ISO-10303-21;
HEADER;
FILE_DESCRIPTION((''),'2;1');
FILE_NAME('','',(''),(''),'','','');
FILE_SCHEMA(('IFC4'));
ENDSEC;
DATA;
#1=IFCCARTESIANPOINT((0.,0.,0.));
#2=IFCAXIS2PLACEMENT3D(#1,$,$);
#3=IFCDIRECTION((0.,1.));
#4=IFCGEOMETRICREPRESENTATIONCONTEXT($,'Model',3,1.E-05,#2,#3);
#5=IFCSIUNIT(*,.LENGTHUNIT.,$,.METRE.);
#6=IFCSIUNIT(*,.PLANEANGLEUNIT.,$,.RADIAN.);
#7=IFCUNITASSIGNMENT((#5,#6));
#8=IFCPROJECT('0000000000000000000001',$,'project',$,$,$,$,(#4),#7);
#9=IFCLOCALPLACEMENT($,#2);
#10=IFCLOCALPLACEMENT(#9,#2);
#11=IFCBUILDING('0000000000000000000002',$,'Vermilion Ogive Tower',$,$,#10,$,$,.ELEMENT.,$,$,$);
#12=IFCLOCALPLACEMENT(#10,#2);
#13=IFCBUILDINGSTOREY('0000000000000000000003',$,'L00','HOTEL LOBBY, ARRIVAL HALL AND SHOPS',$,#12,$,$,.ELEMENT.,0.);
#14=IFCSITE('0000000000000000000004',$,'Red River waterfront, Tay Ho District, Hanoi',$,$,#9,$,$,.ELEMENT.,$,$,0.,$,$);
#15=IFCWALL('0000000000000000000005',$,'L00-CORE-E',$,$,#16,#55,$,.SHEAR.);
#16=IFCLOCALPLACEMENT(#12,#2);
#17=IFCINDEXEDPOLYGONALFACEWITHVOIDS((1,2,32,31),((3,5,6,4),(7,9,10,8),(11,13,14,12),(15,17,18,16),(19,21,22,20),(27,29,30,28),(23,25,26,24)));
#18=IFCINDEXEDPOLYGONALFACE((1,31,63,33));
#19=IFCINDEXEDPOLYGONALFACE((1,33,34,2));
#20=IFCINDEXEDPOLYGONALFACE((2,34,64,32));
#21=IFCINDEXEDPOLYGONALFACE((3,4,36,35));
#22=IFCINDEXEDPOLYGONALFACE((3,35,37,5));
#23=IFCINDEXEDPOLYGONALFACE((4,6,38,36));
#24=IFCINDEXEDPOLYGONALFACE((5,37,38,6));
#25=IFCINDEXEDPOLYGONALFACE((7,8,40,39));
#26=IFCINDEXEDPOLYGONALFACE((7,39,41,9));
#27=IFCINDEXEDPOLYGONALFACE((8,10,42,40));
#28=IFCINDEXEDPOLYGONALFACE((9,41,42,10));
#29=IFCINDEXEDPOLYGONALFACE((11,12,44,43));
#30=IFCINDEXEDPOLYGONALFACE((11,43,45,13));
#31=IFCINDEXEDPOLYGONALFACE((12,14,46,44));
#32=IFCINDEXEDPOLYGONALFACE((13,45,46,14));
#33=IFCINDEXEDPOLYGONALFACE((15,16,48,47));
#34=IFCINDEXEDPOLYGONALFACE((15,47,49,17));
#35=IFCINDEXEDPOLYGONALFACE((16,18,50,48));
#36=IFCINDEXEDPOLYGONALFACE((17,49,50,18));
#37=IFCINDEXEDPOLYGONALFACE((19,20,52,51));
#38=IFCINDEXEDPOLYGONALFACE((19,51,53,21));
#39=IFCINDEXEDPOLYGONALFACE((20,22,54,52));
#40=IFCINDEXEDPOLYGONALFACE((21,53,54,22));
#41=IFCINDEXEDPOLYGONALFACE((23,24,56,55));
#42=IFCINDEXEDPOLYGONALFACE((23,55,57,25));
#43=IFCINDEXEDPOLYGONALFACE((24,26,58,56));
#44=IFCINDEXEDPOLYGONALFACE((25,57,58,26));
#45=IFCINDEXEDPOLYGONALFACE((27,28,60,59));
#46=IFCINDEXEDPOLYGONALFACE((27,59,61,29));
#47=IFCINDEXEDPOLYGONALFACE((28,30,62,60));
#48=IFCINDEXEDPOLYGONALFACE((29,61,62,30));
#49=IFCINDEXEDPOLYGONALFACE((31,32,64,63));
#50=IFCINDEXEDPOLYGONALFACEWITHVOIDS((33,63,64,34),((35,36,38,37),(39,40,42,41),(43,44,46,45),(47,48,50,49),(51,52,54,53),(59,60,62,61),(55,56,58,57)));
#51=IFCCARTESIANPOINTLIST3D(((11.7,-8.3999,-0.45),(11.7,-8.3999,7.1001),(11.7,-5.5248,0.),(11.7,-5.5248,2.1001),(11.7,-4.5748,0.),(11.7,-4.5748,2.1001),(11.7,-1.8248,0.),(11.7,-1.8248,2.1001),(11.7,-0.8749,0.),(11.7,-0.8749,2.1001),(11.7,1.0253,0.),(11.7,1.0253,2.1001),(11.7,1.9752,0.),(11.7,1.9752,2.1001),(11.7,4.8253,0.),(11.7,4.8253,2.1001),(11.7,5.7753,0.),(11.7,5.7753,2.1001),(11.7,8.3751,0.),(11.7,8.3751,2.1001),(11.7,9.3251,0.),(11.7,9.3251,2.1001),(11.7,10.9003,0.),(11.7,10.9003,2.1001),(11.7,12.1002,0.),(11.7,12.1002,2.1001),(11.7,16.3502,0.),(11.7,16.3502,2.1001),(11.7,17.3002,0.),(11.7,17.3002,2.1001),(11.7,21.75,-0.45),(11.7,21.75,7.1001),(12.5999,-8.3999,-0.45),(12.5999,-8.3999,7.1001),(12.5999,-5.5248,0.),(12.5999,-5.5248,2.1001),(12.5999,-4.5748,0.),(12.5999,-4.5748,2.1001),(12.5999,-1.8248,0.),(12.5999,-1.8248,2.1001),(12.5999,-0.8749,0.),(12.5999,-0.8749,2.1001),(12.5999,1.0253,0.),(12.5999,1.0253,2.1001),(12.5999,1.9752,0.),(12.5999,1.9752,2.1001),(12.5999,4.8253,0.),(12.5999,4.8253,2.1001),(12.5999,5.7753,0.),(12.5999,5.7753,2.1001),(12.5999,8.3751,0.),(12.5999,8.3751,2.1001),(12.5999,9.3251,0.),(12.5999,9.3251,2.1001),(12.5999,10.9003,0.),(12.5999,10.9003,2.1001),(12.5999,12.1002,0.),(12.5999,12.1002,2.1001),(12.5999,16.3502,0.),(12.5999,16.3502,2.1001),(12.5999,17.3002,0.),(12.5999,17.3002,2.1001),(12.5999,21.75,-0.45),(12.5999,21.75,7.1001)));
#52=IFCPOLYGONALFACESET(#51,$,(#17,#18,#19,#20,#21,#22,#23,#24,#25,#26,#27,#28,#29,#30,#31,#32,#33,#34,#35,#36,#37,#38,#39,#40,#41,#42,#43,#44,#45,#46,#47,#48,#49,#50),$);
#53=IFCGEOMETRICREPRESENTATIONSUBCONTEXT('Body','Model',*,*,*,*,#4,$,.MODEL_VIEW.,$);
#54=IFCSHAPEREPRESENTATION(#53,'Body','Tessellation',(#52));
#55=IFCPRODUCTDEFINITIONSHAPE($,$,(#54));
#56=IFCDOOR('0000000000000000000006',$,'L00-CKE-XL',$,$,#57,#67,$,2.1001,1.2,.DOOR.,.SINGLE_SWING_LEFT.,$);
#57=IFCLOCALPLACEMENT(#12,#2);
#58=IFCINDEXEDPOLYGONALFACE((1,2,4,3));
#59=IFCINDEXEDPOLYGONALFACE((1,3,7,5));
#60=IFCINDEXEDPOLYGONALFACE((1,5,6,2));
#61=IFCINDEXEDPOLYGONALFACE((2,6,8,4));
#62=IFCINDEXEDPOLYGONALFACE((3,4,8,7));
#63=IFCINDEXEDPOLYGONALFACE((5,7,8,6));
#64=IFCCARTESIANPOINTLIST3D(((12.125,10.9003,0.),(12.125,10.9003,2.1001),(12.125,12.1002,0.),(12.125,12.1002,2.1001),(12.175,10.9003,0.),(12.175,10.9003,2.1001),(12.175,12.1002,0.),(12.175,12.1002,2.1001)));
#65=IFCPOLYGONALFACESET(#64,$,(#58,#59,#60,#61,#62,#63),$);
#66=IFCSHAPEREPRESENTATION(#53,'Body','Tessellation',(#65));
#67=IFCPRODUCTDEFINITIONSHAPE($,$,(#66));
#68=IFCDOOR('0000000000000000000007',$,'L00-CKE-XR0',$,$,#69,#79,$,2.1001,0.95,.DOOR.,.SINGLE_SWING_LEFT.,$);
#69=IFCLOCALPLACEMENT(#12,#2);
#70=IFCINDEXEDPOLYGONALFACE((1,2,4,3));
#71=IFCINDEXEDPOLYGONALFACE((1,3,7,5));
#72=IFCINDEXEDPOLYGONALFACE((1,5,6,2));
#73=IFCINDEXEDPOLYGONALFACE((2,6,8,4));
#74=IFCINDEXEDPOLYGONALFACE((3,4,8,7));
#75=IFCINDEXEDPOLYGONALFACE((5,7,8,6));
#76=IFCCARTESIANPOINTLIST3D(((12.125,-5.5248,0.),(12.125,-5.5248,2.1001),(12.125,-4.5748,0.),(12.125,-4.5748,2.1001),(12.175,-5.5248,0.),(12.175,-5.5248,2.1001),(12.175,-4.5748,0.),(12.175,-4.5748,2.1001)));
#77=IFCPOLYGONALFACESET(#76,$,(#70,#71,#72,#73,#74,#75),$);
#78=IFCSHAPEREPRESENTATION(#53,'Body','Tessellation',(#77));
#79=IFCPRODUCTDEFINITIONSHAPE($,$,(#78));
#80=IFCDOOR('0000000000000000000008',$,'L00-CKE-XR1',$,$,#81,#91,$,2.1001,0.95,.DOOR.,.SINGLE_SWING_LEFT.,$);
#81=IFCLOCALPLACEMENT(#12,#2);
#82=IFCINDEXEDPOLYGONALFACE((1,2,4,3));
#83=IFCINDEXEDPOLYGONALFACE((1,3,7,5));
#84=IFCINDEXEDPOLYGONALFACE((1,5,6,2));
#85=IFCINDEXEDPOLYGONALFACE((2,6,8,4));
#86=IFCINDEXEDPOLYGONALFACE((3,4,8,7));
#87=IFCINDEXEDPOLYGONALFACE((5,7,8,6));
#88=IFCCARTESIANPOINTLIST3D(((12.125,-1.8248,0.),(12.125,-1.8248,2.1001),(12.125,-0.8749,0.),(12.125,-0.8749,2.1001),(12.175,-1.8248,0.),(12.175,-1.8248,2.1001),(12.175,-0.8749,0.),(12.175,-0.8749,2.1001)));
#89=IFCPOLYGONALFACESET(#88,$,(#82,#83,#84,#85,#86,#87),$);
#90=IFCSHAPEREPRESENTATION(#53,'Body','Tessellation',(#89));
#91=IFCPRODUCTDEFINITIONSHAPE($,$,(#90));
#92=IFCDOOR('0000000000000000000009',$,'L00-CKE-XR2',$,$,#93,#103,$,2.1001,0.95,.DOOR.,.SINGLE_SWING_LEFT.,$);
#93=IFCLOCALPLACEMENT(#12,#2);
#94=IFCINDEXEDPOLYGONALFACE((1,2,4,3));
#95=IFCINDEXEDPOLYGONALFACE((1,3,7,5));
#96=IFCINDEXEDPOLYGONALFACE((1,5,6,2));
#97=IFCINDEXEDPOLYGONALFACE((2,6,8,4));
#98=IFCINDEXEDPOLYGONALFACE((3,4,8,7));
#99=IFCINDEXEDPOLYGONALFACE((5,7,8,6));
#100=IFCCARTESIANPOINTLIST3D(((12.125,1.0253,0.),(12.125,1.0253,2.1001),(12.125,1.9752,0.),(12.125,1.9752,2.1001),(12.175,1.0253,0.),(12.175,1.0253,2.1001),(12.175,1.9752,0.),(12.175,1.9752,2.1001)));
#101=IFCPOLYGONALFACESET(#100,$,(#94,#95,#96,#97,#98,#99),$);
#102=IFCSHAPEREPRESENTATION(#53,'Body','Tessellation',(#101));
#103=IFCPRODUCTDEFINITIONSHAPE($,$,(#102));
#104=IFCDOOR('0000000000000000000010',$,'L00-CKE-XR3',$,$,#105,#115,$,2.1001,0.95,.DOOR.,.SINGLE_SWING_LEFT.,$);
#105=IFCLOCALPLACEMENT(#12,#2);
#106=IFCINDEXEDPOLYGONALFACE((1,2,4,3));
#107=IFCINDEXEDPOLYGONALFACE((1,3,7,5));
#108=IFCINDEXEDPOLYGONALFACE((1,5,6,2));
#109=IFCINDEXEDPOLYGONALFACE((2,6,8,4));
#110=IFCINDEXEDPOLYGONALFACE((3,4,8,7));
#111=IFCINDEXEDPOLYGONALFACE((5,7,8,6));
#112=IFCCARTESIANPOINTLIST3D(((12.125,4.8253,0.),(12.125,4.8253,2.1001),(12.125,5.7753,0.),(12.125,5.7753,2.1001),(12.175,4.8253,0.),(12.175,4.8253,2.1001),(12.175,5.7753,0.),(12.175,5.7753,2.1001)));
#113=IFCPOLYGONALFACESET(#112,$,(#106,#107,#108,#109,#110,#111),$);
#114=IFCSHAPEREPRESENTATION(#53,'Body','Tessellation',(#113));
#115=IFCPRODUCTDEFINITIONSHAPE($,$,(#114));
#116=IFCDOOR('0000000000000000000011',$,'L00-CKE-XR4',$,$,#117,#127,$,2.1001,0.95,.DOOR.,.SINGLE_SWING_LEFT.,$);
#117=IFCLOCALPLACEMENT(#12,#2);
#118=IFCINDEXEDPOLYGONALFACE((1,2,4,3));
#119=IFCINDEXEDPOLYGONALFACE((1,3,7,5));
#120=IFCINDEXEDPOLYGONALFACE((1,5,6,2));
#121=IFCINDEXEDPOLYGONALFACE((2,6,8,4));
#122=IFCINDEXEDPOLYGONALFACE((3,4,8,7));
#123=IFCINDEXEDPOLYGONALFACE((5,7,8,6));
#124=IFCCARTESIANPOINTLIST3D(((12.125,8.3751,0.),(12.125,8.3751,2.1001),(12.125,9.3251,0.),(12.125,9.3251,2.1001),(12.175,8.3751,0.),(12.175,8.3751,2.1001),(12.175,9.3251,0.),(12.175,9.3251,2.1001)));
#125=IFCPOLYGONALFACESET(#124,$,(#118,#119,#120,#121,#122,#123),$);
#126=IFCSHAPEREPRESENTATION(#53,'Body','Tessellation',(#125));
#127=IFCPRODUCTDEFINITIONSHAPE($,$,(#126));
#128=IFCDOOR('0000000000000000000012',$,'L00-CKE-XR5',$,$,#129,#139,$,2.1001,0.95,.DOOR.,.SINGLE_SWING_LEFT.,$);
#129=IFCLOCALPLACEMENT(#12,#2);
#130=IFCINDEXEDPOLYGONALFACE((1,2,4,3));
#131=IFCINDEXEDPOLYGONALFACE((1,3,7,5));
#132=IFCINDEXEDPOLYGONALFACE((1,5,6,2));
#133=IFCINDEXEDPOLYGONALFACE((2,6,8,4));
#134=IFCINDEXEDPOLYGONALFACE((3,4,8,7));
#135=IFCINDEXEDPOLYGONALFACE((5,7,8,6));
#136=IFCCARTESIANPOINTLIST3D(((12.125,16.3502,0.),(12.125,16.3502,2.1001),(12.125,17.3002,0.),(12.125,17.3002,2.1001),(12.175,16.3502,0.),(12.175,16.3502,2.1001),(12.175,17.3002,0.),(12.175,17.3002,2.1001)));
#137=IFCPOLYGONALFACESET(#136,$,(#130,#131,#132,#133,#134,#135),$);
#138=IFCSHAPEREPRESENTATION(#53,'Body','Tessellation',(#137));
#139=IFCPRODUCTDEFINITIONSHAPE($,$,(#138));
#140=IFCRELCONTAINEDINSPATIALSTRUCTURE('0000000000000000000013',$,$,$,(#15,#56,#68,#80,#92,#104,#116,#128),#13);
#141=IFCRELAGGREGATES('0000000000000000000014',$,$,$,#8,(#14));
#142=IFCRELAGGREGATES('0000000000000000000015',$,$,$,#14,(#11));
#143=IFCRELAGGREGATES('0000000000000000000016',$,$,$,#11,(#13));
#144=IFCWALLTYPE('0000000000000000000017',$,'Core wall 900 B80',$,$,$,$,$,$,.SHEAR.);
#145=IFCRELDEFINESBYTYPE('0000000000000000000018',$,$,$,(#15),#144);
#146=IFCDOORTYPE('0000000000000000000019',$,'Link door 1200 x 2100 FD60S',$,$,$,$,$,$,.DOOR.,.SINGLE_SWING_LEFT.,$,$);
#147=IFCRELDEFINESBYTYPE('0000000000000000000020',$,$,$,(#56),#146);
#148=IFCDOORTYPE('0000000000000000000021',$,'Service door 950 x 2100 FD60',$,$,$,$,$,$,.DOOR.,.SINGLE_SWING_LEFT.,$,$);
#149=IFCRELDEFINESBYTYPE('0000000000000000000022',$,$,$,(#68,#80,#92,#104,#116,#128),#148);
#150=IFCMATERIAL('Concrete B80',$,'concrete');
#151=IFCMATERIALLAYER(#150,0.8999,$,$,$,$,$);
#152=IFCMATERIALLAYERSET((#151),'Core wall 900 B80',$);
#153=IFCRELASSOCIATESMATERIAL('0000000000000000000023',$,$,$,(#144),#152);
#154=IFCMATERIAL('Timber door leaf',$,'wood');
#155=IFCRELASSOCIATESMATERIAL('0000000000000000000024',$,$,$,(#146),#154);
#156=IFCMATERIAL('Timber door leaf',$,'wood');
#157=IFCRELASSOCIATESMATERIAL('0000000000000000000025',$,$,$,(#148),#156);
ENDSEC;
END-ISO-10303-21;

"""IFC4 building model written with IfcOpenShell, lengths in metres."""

from ifc_helpers import new_model, si_unit, direction, frame, frame_2d, origin, place, context, subcontext, project, spatial, rectangle, extrude, material, layer, layer_set, type_object, element, fill, save


model = new_model("IFC4")

# Units and contexts
model_context = context("Model", 3, precision=1e-05, world=origin(), true_north=direction((0.0, 1.0)))
body_context = subcontext(model_context, "Body", "Model", "MODEL_VIEW")
ifc_project = project(units=[si_unit("LENGTHUNIT", "METRE"), si_unit("PLANEANGLEUNIT", "RADIAN")], contexts=[model_context])

# Site, building, storey
site_placement = place(None, origin())
site = spatial("IfcSite", under=ifc_project, at=site_placement, Name="Red River waterfront, Tay Ho District, Hanoi", CompositionType="ELEMENT", RefElevation=0.0)
building_placement = place(site_placement, origin())
building = spatial("IfcBuilding", under=site, at=building_placement, Name="Vermilion Ogive Tower", CompositionType="ELEMENT")
storey_placement = place(building_placement, origin())
storey = spatial("IfcBuildingStorey", under=building, at=storey_placement, Name="L00", Description="HOTEL LOBBY, ARRIVAL HALL AND SHOPS", CompositionType="ELEMENT", Elevation=0.0)

# Wall, openings, doors
ifc_material_1 = material(Name="Concrete B80", Category="concrete")
ifc_layer_1 = layer(ifc_material_1, 0.8999)
ifc_layer_set_1 = layer_set([ifc_layer_1], Name="Core wall 900 B80")
wall_type_1 = type_object("IfcWallType", Name="Core wall 900 B80", PredefinedType="SHEAR", material=ifc_layer_set_1)
wall_1_placement = place(storey_placement, frame((12.1499, -8.3999, -0.45), z_axis=(0.0, 0.0, 1.0), x_axis=(0.0, 1.0, 0.0)))
wall_1 = element("IfcWall", 1, at=wall_1_placement, inside=storey, type_object=wall_type_1, Name="L00-CORE-E", PredefinedType="SHEAR", context=body_context, shape_type="SweptSolid", body=[
    extrude(rectangle(XDim=30.1499, YDim=0.8999, at=frame_2d((15.075, 0.0))), origin(), (0.0, 0.0, 1.0), 7.55),
])
opening_1_placement = place(wall_1_placement, frame((2.875, 0.0, 0.45)))
opening_1 = element("IfcOpeningElement", 2, at=opening_1_placement, cuts=wall_1, PredefinedType="OPENING", context=body_context, shape_type="SweptSolid", body=[
    extrude(rectangle(XDim=0.95, YDim=2.1001, at=frame_2d((0.4751, 1.05))), frame((0.0, 0.46, 0.0), z_axis=(0.0, -1.0, 0.0), x_axis=(1.0, 0.0, 0.0)), (0.0, 0.0, 1.0), 0.9199),
])
opening_2_placement = place(wall_1_placement, frame((6.575, 0.0, 0.45)))
opening_2 = element("IfcOpeningElement", 3, at=opening_2_placement, cuts=wall_1, PredefinedType="OPENING", context=body_context, shape_type="SweptSolid", body=[
    extrude(rectangle(XDim=0.95, YDim=2.1001, at=frame_2d((0.4751, 1.05))), frame((0.0, 0.46, 0.0), z_axis=(0.0, -1.0, 0.0), x_axis=(1.0, 0.0, 0.0)), (0.0, 0.0, 1.0), 0.9199),
])
opening_3_placement = place(wall_1_placement, frame((9.425, 0.0, 0.45)))
opening_3 = element("IfcOpeningElement", 4, at=opening_3_placement, cuts=wall_1, PredefinedType="OPENING", context=body_context, shape_type="SweptSolid", body=[
    extrude(rectangle(XDim=0.95, YDim=2.1001, at=frame_2d((0.4751, 1.05))), frame((0.0, 0.46, 0.0), z_axis=(0.0, -1.0, 0.0), x_axis=(1.0, 0.0, 0.0)), (0.0, 0.0, 1.0), 0.9199),
])
opening_4_placement = place(wall_1_placement, frame((13.2251, 0.0, 0.45)))
opening_4 = element("IfcOpeningElement", 5, at=opening_4_placement, cuts=wall_1, PredefinedType="OPENING", context=body_context, shape_type="SweptSolid", body=[
    extrude(rectangle(XDim=0.95, YDim=2.1001, at=frame_2d((0.4751, 1.05))), frame((0.0, 0.46, 0.0), z_axis=(0.0, -1.0, 0.0), x_axis=(1.0, 0.0, 0.0)), (0.0, 0.0, 1.0), 0.9199),
])
opening_5_placement = place(wall_1_placement, frame((16.7749, 0.0, 0.45)))
opening_5 = element("IfcOpeningElement", 6, at=opening_5_placement, cuts=wall_1, PredefinedType="OPENING", context=body_context, shape_type="SweptSolid", body=[
    extrude(rectangle(XDim=0.95, YDim=2.1001, at=frame_2d((0.4751, 1.05))), frame((0.0, 0.46, 0.0), z_axis=(0.0, -1.0, 0.0), x_axis=(1.0, 0.0, 0.0)), (0.0, 0.0, 1.0), 0.9199),
])
opening_6_placement = place(wall_1_placement, frame((24.75, 0.0, 0.45)))
opening_6 = element("IfcOpeningElement", 7, at=opening_6_placement, cuts=wall_1, PredefinedType="OPENING", context=body_context, shape_type="SweptSolid", body=[
    extrude(rectangle(XDim=0.95, YDim=2.1001, at=frame_2d((0.4751, 1.05))), frame((0.0, 0.46, 0.0), z_axis=(0.0, -1.0, 0.0), x_axis=(1.0, 0.0, 0.0)), (0.0, 0.0, 1.0), 0.9199),
])
opening_7_placement = place(wall_1_placement, frame((19.3, 0.0, 0.45)))
opening_7 = element("IfcOpeningElement", 8, at=opening_7_placement, cuts=wall_1, PredefinedType="OPENING", context=body_context, shape_type="SweptSolid", body=[
    extrude(rectangle(XDim=1.2, YDim=2.1001, at=frame_2d((0.6001, 1.05))), frame((0.0, 0.46, 0.0), z_axis=(0.0, -1.0, 0.0), x_axis=(1.0, 0.0, 0.0)), (0.0, 0.0, 1.0), 0.9199),
])
ifc_material_2 = material(Name="Timber door leaf", Category="wood")
door_type_1 = type_object("IfcDoorType", Name="Link door 1200 x 2100 FD60S", OperationType="SINGLE_SWING_LEFT", PredefinedType="DOOR", material=ifc_material_2)
door_1_placement = place(opening_7_placement, origin())
door_1 = element("IfcDoor", 9, at=door_1_placement, inside=storey, type_object=door_type_1, Name="L00-CKE-XL", OperationType="SINGLE_SWING_LEFT", OverallHeight=2.1001, OverallWidth=1.2, PredefinedType="DOOR", context=body_context, shape_type="SweptSolid", body=[
    extrude(rectangle(XDim=1.2, YDim=2.1001, at=frame_2d((0.6001, 1.05))), frame((0.0, 0.0249, 0.0), z_axis=(0.0, -1.0, 0.0), x_axis=(1.0, 0.0, 0.0)), (0.0, 0.0, 1.0), 0.05),
])
fill(opening_7, door_1)
ifc_material_3 = material(Name="Timber door leaf", Category="wood")
door_type_2 = type_object("IfcDoorType", Name="Service door 950 x 2100 FD60", OperationType="SINGLE_SWING_LEFT", PredefinedType="DOOR", material=ifc_material_3)
door_2_placement = place(opening_1_placement, origin())
door_2 = element("IfcDoor", 10, at=door_2_placement, inside=storey, type_object=door_type_2, Name="L00-CKE-XR0", OperationType="SINGLE_SWING_LEFT", OverallHeight=2.1001, OverallWidth=0.95, PredefinedType="DOOR", context=body_context, shape_type="SweptSolid", body=[
    extrude(rectangle(XDim=0.95, YDim=2.1001, at=frame_2d((0.4751, 1.05))), frame((0.0, 0.0249, 0.0), z_axis=(0.0, -1.0, 0.0), x_axis=(1.0, 0.0, 0.0)), (0.0, 0.0, 1.0), 0.05),
])
fill(opening_1, door_2)
door_3_placement = place(opening_2_placement, origin())
door_3 = element("IfcDoor", 11, at=door_3_placement, inside=storey, type_object=door_type_2, Name="L00-CKE-XR1", OperationType="SINGLE_SWING_LEFT", OverallHeight=2.1001, OverallWidth=0.95, PredefinedType="DOOR", context=body_context, shape_type="SweptSolid", body=[
    extrude(rectangle(XDim=0.95, YDim=2.1001, at=frame_2d((0.4751, 1.05))), frame((0.0, 0.0249, 0.0), z_axis=(0.0, -1.0, 0.0), x_axis=(1.0, 0.0, 0.0)), (0.0, 0.0, 1.0), 0.05),
])
fill(opening_2, door_3)
door_4_placement = place(opening_3_placement, origin())
door_4 = element("IfcDoor", 12, at=door_4_placement, inside=storey, type_object=door_type_2, Name="L00-CKE-XR2", OperationType="SINGLE_SWING_LEFT", OverallHeight=2.1001, OverallWidth=0.95, PredefinedType="DOOR", context=body_context, shape_type="SweptSolid", body=[
    extrude(rectangle(XDim=0.95, YDim=2.1001, at=frame_2d((0.4751, 1.05))), frame((0.0, 0.0249, 0.0), z_axis=(0.0, -1.0, 0.0), x_axis=(1.0, 0.0, 0.0)), (0.0, 0.0, 1.0), 0.05),
])
fill(opening_3, door_4)
door_5_placement = place(opening_4_placement, origin())
door_5 = element("IfcDoor", 13, at=door_5_placement, inside=storey, type_object=door_type_2, Name="L00-CKE-XR3", OperationType="SINGLE_SWING_LEFT", OverallHeight=2.1001, OverallWidth=0.95, PredefinedType="DOOR", context=body_context, shape_type="SweptSolid", body=[
    extrude(rectangle(XDim=0.95, YDim=2.1001, at=frame_2d((0.4751, 1.05))), frame((0.0, 0.0249, 0.0), z_axis=(0.0, -1.0, 0.0), x_axis=(1.0, 0.0, 0.0)), (0.0, 0.0, 1.0), 0.05),
])
fill(opening_4, door_5)
door_6_placement = place(opening_5_placement, origin())
door_6 = element("IfcDoor", 14, at=door_6_placement, inside=storey, type_object=door_type_2, Name="L00-CKE-XR4", OperationType="SINGLE_SWING_LEFT", OverallHeight=2.1001, OverallWidth=0.95, PredefinedType="DOOR", context=body_context, shape_type="SweptSolid", body=[
    extrude(rectangle(XDim=0.95, YDim=2.1001, at=frame_2d((0.4751, 1.05))), frame((0.0, 0.0249, 0.0), z_axis=(0.0, -1.0, 0.0), x_axis=(1.0, 0.0, 0.0)), (0.0, 0.0, 1.0), 0.05),
])
fill(opening_5, door_6)
door_7_placement = place(opening_6_placement, origin())
door_7 = element("IfcDoor", 15, at=door_7_placement, inside=storey, type_object=door_type_2, Name="L00-CKE-XR5", OperationType="SINGLE_SWING_LEFT", OverallHeight=2.1001, OverallWidth=0.95, PredefinedType="DOOR", context=body_context, shape_type="SweptSolid", body=[
    extrude(rectangle(XDim=0.95, YDim=2.1001, at=frame_2d((0.4751, 1.05))), frame((0.0, 0.0249, 0.0), z_axis=(0.0, -1.0, 0.0), x_axis=(1.0, 0.0, 0.0)), (0.0, 0.0, 1.0), 0.05),
])
fill(opening_6, door_7)

save(model, "model.ifc")
